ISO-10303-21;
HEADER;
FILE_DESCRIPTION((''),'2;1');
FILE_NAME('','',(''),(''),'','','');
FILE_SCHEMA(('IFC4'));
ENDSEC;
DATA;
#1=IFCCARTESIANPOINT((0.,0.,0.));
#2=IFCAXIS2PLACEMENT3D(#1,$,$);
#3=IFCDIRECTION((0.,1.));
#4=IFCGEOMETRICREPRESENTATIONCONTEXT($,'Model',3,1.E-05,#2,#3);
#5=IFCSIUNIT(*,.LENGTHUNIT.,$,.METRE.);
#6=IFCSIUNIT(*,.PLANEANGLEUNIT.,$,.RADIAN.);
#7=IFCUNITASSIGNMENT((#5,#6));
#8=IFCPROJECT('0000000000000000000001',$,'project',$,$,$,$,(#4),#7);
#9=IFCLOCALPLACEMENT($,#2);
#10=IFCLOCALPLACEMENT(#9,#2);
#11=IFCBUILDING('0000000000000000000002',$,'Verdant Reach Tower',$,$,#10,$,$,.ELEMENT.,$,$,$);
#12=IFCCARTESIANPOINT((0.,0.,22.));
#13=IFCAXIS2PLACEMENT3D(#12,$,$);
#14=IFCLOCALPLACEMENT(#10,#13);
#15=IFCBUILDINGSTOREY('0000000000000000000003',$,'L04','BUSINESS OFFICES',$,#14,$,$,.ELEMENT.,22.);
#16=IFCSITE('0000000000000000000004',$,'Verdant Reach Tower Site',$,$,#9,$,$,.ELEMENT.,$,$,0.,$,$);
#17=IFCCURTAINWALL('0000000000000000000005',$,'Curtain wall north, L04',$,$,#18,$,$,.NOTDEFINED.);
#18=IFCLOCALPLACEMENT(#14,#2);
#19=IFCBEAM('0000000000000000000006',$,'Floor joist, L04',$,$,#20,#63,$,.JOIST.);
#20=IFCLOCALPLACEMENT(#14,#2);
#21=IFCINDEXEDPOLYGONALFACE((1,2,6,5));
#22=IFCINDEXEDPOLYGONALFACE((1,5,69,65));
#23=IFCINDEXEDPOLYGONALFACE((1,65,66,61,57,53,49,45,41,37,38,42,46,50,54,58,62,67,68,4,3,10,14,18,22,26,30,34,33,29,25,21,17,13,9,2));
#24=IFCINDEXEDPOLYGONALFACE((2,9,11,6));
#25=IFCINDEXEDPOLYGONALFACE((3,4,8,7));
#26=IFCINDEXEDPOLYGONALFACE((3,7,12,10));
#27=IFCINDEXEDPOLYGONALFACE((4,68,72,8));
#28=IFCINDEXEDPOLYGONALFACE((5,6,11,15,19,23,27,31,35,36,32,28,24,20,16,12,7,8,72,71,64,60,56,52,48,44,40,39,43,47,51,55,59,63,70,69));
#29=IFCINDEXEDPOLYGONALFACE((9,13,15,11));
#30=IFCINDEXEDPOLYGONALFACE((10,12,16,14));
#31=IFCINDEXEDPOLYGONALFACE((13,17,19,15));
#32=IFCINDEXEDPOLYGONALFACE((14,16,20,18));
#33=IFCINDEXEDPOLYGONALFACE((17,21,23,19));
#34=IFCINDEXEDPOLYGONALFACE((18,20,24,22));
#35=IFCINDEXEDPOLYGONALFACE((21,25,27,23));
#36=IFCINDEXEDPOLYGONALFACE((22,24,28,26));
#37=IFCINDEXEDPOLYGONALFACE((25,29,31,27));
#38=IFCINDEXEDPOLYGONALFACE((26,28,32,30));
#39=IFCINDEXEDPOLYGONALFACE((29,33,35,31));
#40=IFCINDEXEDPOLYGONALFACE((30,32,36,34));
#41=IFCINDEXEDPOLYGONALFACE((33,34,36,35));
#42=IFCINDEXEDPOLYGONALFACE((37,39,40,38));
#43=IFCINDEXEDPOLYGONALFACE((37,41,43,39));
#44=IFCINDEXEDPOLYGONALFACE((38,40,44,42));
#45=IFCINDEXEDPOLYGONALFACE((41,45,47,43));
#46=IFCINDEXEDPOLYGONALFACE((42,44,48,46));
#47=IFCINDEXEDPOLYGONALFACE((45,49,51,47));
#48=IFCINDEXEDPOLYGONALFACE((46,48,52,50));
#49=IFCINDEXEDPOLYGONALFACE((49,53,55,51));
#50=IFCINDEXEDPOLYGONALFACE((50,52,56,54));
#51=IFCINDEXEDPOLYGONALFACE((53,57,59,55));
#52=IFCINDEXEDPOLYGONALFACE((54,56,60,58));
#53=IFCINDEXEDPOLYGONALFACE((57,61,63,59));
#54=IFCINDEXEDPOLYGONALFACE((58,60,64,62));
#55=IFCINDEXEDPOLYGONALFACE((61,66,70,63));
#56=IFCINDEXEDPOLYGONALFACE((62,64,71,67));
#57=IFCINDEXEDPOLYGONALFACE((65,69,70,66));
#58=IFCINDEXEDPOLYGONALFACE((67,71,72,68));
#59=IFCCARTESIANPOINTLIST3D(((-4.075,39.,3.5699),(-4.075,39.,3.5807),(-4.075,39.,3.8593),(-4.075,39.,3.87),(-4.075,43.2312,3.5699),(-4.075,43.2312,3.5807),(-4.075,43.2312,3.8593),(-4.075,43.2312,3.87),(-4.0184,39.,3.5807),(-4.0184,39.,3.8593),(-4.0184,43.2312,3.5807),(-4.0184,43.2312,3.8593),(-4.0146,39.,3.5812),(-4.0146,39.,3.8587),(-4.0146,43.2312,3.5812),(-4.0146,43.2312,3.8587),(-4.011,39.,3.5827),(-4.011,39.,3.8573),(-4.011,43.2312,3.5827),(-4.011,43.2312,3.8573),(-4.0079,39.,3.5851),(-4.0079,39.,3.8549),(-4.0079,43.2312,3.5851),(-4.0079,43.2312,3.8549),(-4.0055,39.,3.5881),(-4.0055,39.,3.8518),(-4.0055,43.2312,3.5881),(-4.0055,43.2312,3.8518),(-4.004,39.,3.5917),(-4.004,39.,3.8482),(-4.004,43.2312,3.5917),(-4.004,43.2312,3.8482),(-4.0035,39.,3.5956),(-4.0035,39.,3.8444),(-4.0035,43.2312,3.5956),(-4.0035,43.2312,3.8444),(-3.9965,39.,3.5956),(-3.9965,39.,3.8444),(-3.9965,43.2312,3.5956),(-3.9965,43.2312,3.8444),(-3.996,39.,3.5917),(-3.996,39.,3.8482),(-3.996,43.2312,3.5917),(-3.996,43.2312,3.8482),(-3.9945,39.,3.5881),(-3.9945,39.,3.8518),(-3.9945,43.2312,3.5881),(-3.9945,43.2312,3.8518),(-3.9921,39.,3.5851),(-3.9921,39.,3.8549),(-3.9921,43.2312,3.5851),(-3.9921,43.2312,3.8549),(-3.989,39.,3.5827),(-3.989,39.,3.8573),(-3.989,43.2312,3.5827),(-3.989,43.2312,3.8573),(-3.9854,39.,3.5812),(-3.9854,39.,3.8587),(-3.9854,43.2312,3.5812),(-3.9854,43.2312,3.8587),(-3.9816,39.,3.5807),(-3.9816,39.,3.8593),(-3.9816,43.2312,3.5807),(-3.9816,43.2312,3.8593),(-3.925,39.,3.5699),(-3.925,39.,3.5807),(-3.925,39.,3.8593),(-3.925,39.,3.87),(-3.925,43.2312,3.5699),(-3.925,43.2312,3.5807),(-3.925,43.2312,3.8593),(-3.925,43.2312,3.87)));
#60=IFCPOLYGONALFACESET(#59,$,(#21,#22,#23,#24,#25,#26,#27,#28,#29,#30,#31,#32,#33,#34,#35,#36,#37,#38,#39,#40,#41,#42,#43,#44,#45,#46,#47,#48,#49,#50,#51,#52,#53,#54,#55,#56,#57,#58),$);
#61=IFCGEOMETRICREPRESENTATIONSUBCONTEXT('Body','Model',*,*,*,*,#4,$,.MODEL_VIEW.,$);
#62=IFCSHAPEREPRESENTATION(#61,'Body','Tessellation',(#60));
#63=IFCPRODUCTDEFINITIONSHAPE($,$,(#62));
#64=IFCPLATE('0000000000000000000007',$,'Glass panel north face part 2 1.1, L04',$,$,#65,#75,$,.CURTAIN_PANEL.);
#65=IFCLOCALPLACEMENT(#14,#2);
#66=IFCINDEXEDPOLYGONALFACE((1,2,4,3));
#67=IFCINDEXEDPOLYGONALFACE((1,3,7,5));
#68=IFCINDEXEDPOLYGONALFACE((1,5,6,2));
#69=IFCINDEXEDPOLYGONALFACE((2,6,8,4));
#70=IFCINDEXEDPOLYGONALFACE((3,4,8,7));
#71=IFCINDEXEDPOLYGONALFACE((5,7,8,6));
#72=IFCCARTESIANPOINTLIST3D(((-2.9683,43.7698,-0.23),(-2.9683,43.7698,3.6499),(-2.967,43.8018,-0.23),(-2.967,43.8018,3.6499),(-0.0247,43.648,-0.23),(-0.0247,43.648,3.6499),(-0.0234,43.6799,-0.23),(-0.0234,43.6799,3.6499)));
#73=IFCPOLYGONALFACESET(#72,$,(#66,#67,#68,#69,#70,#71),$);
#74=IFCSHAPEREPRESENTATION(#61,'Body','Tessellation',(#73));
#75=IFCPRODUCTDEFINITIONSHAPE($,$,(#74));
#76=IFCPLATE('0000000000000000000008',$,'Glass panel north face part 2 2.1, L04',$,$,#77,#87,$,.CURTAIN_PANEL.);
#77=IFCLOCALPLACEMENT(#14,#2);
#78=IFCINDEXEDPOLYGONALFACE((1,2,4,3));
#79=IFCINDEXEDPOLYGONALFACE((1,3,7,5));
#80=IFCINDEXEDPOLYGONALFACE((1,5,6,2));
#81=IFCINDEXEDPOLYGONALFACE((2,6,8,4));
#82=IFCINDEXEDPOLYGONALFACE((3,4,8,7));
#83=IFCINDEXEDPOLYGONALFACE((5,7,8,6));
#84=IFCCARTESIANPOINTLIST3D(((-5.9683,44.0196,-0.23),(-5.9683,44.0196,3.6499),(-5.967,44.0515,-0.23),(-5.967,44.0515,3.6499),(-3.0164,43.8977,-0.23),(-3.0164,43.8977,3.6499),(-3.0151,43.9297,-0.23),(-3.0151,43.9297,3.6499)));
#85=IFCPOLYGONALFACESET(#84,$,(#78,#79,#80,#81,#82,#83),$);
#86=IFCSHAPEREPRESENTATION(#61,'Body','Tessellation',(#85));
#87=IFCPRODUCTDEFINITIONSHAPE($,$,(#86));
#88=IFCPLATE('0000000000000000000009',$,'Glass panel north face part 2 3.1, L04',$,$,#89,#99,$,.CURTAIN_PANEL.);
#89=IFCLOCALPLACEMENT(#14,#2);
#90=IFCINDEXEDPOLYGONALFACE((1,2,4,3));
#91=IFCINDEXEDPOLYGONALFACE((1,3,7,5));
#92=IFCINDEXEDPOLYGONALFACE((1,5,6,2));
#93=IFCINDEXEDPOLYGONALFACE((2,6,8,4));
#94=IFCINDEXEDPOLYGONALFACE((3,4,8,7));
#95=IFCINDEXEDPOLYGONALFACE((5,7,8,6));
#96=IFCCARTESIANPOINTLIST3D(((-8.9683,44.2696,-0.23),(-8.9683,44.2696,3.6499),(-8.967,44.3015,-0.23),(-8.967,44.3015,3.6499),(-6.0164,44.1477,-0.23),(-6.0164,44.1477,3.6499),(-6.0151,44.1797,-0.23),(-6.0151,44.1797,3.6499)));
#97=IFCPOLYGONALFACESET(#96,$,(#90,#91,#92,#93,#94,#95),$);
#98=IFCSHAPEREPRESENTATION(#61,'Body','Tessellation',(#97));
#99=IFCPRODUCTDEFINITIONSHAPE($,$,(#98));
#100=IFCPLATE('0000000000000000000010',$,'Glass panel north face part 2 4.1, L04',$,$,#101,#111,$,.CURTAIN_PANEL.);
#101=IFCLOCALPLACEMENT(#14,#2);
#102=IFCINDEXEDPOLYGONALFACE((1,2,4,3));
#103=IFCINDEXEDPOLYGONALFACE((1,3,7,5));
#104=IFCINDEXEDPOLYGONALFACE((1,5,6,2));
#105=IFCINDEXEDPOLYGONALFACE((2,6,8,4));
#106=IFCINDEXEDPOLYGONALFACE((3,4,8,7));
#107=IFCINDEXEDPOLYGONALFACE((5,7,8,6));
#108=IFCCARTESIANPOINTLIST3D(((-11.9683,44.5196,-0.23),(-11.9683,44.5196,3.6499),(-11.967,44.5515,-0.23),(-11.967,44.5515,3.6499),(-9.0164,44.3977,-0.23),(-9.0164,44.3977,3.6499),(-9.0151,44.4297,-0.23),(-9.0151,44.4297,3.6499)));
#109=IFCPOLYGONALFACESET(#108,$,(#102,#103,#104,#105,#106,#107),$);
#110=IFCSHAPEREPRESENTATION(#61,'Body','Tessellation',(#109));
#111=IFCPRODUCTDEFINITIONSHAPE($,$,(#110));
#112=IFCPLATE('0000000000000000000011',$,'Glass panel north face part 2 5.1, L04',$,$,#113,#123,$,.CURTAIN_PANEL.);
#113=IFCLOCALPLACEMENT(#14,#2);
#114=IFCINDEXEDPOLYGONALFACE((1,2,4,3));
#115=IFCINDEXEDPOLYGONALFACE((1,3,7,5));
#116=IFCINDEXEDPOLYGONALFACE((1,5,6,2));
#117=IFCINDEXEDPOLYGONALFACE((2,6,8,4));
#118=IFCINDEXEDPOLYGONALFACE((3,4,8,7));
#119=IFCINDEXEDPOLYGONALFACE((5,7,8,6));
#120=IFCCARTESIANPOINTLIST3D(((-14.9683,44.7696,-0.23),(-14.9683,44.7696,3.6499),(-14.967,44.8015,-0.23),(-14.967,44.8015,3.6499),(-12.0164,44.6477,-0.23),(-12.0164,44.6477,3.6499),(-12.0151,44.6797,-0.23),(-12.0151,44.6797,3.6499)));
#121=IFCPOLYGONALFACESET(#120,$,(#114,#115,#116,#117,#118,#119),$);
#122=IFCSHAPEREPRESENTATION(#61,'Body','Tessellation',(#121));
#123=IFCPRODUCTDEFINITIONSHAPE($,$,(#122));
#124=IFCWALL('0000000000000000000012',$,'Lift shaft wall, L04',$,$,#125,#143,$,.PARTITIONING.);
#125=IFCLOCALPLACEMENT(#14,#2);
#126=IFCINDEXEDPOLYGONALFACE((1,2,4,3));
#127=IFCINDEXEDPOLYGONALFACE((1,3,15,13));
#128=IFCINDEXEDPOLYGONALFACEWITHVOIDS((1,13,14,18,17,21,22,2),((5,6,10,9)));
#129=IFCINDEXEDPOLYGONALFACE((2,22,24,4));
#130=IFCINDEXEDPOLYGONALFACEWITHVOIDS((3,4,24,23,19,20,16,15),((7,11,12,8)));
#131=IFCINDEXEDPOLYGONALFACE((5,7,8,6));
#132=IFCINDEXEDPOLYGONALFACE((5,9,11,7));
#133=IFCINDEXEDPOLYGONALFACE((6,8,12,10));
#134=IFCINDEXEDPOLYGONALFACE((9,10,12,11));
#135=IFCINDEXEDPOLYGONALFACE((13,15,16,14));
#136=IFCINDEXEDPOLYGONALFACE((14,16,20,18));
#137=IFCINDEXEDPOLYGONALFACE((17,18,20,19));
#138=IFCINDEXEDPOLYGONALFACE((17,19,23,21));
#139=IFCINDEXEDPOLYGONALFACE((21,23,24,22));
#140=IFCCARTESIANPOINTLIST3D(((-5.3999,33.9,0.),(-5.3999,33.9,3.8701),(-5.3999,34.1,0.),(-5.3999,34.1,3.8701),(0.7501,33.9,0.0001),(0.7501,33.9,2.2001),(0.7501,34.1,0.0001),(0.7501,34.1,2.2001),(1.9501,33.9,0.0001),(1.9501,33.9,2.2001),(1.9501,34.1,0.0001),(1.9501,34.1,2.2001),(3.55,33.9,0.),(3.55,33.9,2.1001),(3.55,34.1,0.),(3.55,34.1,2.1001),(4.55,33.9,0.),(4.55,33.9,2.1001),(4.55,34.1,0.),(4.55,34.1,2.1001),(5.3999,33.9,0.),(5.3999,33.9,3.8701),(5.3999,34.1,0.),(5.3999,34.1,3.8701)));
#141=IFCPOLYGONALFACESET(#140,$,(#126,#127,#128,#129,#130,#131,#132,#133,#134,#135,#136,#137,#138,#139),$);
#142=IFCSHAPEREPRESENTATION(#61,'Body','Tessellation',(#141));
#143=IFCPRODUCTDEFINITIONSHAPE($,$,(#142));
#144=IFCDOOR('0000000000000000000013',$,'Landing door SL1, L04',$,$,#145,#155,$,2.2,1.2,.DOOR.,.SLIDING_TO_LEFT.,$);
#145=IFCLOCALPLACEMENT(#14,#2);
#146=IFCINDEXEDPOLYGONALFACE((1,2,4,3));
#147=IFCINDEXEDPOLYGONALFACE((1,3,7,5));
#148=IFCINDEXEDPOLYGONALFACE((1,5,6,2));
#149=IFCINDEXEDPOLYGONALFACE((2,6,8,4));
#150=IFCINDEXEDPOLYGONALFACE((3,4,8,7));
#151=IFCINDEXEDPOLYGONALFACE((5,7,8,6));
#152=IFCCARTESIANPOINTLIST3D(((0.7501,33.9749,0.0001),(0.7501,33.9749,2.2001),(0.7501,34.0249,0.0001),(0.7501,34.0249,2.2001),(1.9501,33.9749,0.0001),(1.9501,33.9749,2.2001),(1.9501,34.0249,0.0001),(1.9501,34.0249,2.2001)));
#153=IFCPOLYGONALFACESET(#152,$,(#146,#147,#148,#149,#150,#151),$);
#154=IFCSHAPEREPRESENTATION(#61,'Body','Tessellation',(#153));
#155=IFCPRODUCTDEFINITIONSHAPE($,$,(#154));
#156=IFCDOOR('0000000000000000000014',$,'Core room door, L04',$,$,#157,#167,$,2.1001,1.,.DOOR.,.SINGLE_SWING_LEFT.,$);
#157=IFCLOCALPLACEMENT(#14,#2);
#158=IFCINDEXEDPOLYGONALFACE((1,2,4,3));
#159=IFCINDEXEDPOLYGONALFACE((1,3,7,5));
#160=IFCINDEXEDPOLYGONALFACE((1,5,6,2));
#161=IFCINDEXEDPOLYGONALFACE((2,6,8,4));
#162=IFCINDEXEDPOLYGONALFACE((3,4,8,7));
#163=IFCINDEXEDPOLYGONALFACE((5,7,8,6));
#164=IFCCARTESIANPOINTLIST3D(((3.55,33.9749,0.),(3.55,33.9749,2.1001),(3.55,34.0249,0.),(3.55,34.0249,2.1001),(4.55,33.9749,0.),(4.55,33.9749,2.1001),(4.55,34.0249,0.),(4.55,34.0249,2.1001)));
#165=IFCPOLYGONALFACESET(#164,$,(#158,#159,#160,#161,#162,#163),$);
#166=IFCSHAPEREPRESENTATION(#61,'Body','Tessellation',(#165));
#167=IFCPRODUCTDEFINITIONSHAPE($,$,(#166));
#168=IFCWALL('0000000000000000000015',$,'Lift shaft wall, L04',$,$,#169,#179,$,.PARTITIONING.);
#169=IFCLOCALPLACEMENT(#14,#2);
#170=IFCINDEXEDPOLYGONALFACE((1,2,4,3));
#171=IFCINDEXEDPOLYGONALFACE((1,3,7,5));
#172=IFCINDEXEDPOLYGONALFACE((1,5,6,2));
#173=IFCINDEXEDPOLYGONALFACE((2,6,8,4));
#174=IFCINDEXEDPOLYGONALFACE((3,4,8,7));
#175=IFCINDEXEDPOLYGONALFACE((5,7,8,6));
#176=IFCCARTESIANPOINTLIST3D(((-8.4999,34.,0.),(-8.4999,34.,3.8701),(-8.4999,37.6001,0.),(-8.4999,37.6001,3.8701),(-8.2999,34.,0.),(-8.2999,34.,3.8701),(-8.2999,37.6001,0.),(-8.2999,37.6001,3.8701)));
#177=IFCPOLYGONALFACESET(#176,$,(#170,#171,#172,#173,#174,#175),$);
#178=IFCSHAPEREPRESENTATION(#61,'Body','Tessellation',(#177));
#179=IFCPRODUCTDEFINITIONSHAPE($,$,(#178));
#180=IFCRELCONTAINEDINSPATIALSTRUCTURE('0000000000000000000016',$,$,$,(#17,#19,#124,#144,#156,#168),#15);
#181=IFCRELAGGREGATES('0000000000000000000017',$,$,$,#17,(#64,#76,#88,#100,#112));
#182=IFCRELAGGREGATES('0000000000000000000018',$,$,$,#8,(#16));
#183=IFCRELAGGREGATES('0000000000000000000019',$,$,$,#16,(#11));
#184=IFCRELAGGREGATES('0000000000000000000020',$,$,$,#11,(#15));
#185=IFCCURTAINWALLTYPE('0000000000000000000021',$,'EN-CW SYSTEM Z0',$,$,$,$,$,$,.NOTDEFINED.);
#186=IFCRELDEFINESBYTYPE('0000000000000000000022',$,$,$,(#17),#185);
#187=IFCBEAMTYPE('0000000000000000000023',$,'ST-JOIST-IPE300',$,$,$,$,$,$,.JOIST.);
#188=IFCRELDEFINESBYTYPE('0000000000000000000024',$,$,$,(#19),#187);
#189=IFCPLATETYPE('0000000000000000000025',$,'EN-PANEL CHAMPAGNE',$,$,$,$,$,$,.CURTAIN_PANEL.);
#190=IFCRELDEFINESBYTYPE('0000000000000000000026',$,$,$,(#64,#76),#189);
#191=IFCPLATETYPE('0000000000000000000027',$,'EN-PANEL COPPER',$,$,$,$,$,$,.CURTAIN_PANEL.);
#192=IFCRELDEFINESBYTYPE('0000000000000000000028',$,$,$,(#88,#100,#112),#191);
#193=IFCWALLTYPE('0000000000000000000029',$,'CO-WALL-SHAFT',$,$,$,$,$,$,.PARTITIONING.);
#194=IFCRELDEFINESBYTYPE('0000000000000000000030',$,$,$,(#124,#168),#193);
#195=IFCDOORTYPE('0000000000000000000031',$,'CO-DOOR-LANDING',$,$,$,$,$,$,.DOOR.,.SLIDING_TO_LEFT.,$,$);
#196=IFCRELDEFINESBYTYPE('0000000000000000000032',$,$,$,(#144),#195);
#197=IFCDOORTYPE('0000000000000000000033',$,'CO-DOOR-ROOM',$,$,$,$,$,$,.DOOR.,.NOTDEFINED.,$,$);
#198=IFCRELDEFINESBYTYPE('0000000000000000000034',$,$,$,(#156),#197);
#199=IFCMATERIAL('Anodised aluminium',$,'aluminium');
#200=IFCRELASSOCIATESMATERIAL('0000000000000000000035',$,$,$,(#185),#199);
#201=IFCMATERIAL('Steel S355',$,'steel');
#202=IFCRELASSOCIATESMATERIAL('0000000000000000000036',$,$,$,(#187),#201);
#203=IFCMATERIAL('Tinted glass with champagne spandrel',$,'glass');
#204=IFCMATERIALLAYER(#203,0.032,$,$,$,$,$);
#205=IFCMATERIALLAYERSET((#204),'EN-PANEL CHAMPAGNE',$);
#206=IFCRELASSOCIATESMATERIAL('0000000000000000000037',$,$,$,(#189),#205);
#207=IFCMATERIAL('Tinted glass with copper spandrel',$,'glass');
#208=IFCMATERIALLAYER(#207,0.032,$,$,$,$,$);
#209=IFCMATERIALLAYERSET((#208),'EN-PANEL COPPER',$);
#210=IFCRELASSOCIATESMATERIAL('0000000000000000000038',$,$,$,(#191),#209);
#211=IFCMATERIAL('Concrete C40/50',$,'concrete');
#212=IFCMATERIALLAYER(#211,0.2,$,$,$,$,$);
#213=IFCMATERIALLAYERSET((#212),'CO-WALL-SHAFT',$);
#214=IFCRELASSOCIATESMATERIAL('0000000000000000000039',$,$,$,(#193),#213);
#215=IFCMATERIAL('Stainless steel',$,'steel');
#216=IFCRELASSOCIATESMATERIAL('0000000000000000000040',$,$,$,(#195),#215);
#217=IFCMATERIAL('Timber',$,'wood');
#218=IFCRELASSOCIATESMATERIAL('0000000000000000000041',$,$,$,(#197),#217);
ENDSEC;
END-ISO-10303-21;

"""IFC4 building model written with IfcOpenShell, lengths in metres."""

from ifc_helpers import new_model, si_unit, direction, frame, frame_2d, origin, origin_2d, place, context, subcontext, project, spatial, rectangle, i_section, extrude, material, layer, layer_set, material_profile, profile_set, type_object, element, fill, aggregate, save


model = new_model("IFC4")

# Units and contexts
model_context = context("Model", 3, precision=1e-05, world=origin(), true_north=direction((0.0, 1.0)))
body_context = subcontext(model_context, "Body", "Model", "MODEL_VIEW")
ifc_project = project(units=[si_unit("LENGTHUNIT", "METRE"), si_unit("PLANEANGLEUNIT", "RADIAN")], contexts=[model_context])

# Site, building, storey
site_placement = place(None, origin())
site = spatial("IfcSite", under=ifc_project, at=site_placement, Name="Verdant Reach Tower Site", CompositionType="ELEMENT", RefElevation=0.0)
building_placement = place(site_placement, origin())
building = spatial("IfcBuilding", under=site, at=building_placement, Name="Verdant Reach Tower", CompositionType="ELEMENT")
storey_placement = place(building_placement, frame((0.0, 0.0, 22.0)))
storey = spatial("IfcBuildingStorey", under=building, at=storey_placement, Name="L04", Description="BUSINESS OFFICES", CompositionType="ELEMENT", Elevation=22.0)

# Curtain wall
ifc_material_1 = material(Name="Anodised aluminium", Category="aluminium")
curtain_wall_type = type_object("IfcCurtainWallType", Name="EN-CW SYSTEM Z0", PredefinedType="NOTDEFINED", material=ifc_material_1)
curtain_wall_placement = place(storey_placement, origin())
curtain_wall = element("IfcCurtainWall", 1, at=curtain_wall_placement, inside=storey, type_object=curtain_wall_type, Name="Curtain wall north, L04", PredefinedType="NOTDEFINED")

# Beam
ifc_material_2 = material(Name="Steel S355", Category="steel")
ifc_material_profile_1 = material_profile(ifc_material_2, i_section(OverallWidth=0.1499, OverallDepth=0.3, WebThickness=0.0071, FlangeThickness=0.0107, FilletRadius=0.0149, at=origin_2d()), Name="IPE 300")
ifc_profile_set_1 = profile_set([ifc_material_profile_1], Name="Steel S355")
beam_type_1 = type_object("IfcBeamType", Name="ST-JOIST-IPE300", PredefinedType="JOIST", material=ifc_profile_set_1)
beam_1_placement = place(storey_placement, frame((-4.0, 39.0, 3.72), z_axis=(0.0, 1.0, 0.0), x_axis=(-1.0, 0.0, 0.0)))
element("IfcBeam", 2, at=beam_1_placement, inside=storey, type_object=beam_type_1, Name="Floor joist, L04", PredefinedType="JOIST", context=body_context, shape_type="SweptSolid", body=[
    extrude(i_section(OverallWidth=0.1499, OverallDepth=0.3, WebThickness=0.0071, FlangeThickness=0.0107, FilletRadius=0.0149, at=origin_2d()), origin(), (0.0, 0.0, 1.0), 4.2312),
])

# Plates
ifc_material_3 = material(Name="Tinted glass with champagne spandrel", Category="glass")
ifc_layer_1 = layer(ifc_material_3, 0.032)
ifc_layer_set_1 = layer_set([ifc_layer_1], Name="EN-PANEL CHAMPAGNE")
plate_type_1 = type_object("IfcPlateType", Name="EN-PANEL CHAMPAGNE", PredefinedType="CURTAIN_PANEL", material=ifc_layer_set_1)
plate_1_placement = place(storey_placement, frame((-1.4958, 43.7249, -0.23), z_axis=(0.0, 0.0, 1.0), x_axis=(-0.999144, 0.041357, 0.0)))
plate_1 = element("IfcPlate", 3, at=plate_1_placement, type_object=plate_type_1, Name="Glass panel north face part 2 1.1, L04", PredefinedType="CURTAIN_PANEL", context=body_context, shape_type="SweptSolid", body=[
    extrude(rectangle(XDim=2.946, YDim=0.032, at=origin_2d()), origin(), (0.0, 0.0, 1.0), 3.8799),
])
plate_2_placement = place(storey_placement, frame((-4.4917, 43.9746, -0.23), z_axis=(0.0, 0.0, 1.0), x_axis=(-0.999149, 0.041242, 0.0)))
plate_2 = element("IfcPlate", 4, at=plate_2_placement, type_object=plate_type_1, Name="Glass panel north face part 2 2.1, L04", PredefinedType="CURTAIN_PANEL", context=body_context, shape_type="SweptSolid", body=[
    extrude(rectangle(XDim=2.9543, YDim=0.032, at=origin_2d()), origin(), (0.0, 0.0, 1.0), 3.8799),
])
ifc_material_4 = material(Name="Tinted glass with copper spandrel", Category="glass")
ifc_layer_2 = layer(ifc_material_4, 0.032)
ifc_layer_set_2 = layer_set([ifc_layer_2], Name="EN-PANEL COPPER")
plate_type_2 = type_object("IfcPlateType", Name="EN-PANEL COPPER", PredefinedType="CURTAIN_PANEL", material=ifc_layer_set_2)
plate_3_placement = place(storey_placement, frame((-7.4917, 44.2246, -0.23), z_axis=(0.0, 0.0, 1.0), x_axis=(-0.999149, 0.041242, 0.0)))
plate_3 = element("IfcPlate", 5, at=plate_3_placement, type_object=plate_type_2, Name="Glass panel north face part 2 3.1, L04", PredefinedType="CURTAIN_PANEL", context=body_context, shape_type="SweptSolid", body=[
    extrude(rectangle(XDim=2.9543, YDim=0.032, at=origin_2d()), origin(), (0.0, 0.0, 1.0), 3.8799),
])
plate_4_placement = place(storey_placement, frame((-10.4917, 44.4746, -0.23), z_axis=(0.0, 0.0, 1.0), x_axis=(-0.999149, 0.041242, 0.0)))
plate_4 = element("IfcPlate", 6, at=plate_4_placement, type_object=plate_type_2, Name="Glass panel north face part 2 4.1, L04", PredefinedType="CURTAIN_PANEL", context=body_context, shape_type="SweptSolid", body=[
    extrude(rectangle(XDim=2.9543, YDim=0.032, at=origin_2d()), origin(), (0.0, 0.0, 1.0), 3.8799),
])
plate_5_placement = place(storey_placement, frame((-13.4917, 44.7246, -0.23), z_axis=(0.0, 0.0, 1.0), x_axis=(-0.999149, 0.041242, 0.0)))
plate_5 = element("IfcPlate", 7, at=plate_5_placement, type_object=plate_type_2, Name="Glass panel north face part 2 5.1, L04", PredefinedType="CURTAIN_PANEL", context=body_context, shape_type="SweptSolid", body=[
    extrude(rectangle(XDim=2.9543, YDim=0.032, at=origin_2d()), origin(), (0.0, 0.0, 1.0), 3.8799),
])
aggregate(curtain_wall, [plate_1, plate_2, plate_3, plate_4, plate_5])

# Wall, openings, doors
ifc_material_5 = material(Name="Concrete C40/50", Category="concrete")
ifc_layer_3 = layer(ifc_material_5, 0.2)
ifc_layer_set_3 = layer_set([ifc_layer_3], Name="CO-WALL-SHAFT")
wall_type_1 = type_object("IfcWallType", Name="CO-WALL-SHAFT", PredefinedType="PARTITIONING", material=ifc_layer_set_3)
wall_1_placement = place(storey_placement, frame((-5.3999, 34.0, 0.0), z_axis=(0.0, 0.0, 1.0), x_axis=(1.0, 0.0, 0.0)))
wall_1 = element("IfcWall", 8, at=wall_1_placement, inside=storey, type_object=wall_type_1, Name="Lift shaft wall, L04", PredefinedType="PARTITIONING", context=body_context, shape_type="SweptSolid", body=[
    extrude(rectangle(XDim=10.7998, YDim=0.2, at=frame_2d((5.3999, 0.0))), origin(), (0.0, 0.0, 1.0), 3.8701),
])
opening_1_placement = place(wall_1_placement, frame((6.1499, 0.0, 0.0)))
opening_1 = element("IfcOpeningElement", 9, at=opening_1_placement, cuts=wall_1, PredefinedType="OPENING", context=body_context, shape_type="SweptSolid", body=[
    extrude(rectangle(XDim=1.2, YDim=2.2, at=frame_2d((0.6001, 1.1001))), frame((0.0, 0.1099, 0.0), z_axis=(0.0, -1.0, 0.0), x_axis=(1.0, 0.0, 0.0)), (0.0, 0.0, 1.0), 0.22),
])
opening_2_placement = place(wall_1_placement, frame((8.95, 0.0, 0.0)))
opening_2 = element("IfcOpeningElement", 10, at=opening_2_placement, cuts=wall_1, PredefinedType="OPENING", context=body_context, shape_type="SweptSolid", body=[
    extrude(rectangle(XDim=1.0, YDim=2.1001, at=frame_2d((0.5, 1.05))), frame((0.0, 0.1099, 0.0), z_axis=(0.0, -1.0, 0.0), x_axis=(1.0, 0.0, 0.0)), (0.0, 0.0, 1.0), 0.22),
])
ifc_material_6 = material(Name="Stainless steel", Category="steel")
door_type_1 = type_object("IfcDoorType", Name="CO-DOOR-LANDING", OperationType="SLIDING_TO_LEFT", PredefinedType="DOOR", material=ifc_material_6)
door_1_placement = place(opening_1_placement, origin())
door_1 = element("IfcDoor", 11, at=door_1_placement, inside=storey, type_object=door_type_1, Name="Landing door SL1, L04", OperationType="SLIDING_TO_LEFT", OverallHeight=2.2, OverallWidth=1.2, PredefinedType="DOOR", context=body_context, shape_type="SweptSolid", body=[
    extrude(rectangle(XDim=1.2, YDim=2.2, at=frame_2d((0.6001, 1.1001))), frame((0.0, 0.0249, 0.0), z_axis=(0.0, -1.0, 0.0), x_axis=(1.0, 0.0, 0.0)), (0.0, 0.0, 1.0), 0.05),
])
fill(opening_1, door_1)
ifc_material_7 = material(Name="Timber", Category="wood")
door_type_2 = type_object("IfcDoorType", Name="CO-DOOR-ROOM", OperationType="NOTDEFINED", PredefinedType="DOOR", material=ifc_material_7)
door_2_placement = place(opening_2_placement, origin())
door_2 = element("IfcDoor", 12, at=door_2_placement, inside=storey, type_object=door_type_2, Name="Core room door, L04", OperationType="SINGLE_SWING_LEFT", OverallHeight=2.1001, OverallWidth=1.0, PredefinedType="DOOR", context=body_context, shape_type="SweptSolid", body=[
    extrude(rectangle(XDim=1.0, YDim=2.1001, at=frame_2d((0.5, 1.05))), frame((0.0, 0.0249, 0.0), z_axis=(0.0, -1.0, 0.0), x_axis=(1.0, 0.0, 0.0)), (0.0, 0.0, 1.0), 0.05),
])
fill(opening_2, door_2)

# Wall
for number, where, z_axis, x_axis, name in (
    (13, (-8.3999, 34.0, 0.0), (0.0, 0.0, 1.0), (0.0, 1.0, 0.0), "Lift shaft wall, L04"),
):
    element("IfcWall", number, at=place(storey_placement, frame(where, z_axis=z_axis, x_axis=x_axis)), inside=storey, type_object=wall_type_1, Name=name, PredefinedType="PARTITIONING", context=body_context, shape_type="SweptSolid", body=[
        extrude(rectangle(XDim=3.6001, YDim=0.2, at=frame_2d((1.8, 0.0))), origin(), (0.0, 0.0, 1.0), 3.8701),
    ])

save(model, "model.ifc")
